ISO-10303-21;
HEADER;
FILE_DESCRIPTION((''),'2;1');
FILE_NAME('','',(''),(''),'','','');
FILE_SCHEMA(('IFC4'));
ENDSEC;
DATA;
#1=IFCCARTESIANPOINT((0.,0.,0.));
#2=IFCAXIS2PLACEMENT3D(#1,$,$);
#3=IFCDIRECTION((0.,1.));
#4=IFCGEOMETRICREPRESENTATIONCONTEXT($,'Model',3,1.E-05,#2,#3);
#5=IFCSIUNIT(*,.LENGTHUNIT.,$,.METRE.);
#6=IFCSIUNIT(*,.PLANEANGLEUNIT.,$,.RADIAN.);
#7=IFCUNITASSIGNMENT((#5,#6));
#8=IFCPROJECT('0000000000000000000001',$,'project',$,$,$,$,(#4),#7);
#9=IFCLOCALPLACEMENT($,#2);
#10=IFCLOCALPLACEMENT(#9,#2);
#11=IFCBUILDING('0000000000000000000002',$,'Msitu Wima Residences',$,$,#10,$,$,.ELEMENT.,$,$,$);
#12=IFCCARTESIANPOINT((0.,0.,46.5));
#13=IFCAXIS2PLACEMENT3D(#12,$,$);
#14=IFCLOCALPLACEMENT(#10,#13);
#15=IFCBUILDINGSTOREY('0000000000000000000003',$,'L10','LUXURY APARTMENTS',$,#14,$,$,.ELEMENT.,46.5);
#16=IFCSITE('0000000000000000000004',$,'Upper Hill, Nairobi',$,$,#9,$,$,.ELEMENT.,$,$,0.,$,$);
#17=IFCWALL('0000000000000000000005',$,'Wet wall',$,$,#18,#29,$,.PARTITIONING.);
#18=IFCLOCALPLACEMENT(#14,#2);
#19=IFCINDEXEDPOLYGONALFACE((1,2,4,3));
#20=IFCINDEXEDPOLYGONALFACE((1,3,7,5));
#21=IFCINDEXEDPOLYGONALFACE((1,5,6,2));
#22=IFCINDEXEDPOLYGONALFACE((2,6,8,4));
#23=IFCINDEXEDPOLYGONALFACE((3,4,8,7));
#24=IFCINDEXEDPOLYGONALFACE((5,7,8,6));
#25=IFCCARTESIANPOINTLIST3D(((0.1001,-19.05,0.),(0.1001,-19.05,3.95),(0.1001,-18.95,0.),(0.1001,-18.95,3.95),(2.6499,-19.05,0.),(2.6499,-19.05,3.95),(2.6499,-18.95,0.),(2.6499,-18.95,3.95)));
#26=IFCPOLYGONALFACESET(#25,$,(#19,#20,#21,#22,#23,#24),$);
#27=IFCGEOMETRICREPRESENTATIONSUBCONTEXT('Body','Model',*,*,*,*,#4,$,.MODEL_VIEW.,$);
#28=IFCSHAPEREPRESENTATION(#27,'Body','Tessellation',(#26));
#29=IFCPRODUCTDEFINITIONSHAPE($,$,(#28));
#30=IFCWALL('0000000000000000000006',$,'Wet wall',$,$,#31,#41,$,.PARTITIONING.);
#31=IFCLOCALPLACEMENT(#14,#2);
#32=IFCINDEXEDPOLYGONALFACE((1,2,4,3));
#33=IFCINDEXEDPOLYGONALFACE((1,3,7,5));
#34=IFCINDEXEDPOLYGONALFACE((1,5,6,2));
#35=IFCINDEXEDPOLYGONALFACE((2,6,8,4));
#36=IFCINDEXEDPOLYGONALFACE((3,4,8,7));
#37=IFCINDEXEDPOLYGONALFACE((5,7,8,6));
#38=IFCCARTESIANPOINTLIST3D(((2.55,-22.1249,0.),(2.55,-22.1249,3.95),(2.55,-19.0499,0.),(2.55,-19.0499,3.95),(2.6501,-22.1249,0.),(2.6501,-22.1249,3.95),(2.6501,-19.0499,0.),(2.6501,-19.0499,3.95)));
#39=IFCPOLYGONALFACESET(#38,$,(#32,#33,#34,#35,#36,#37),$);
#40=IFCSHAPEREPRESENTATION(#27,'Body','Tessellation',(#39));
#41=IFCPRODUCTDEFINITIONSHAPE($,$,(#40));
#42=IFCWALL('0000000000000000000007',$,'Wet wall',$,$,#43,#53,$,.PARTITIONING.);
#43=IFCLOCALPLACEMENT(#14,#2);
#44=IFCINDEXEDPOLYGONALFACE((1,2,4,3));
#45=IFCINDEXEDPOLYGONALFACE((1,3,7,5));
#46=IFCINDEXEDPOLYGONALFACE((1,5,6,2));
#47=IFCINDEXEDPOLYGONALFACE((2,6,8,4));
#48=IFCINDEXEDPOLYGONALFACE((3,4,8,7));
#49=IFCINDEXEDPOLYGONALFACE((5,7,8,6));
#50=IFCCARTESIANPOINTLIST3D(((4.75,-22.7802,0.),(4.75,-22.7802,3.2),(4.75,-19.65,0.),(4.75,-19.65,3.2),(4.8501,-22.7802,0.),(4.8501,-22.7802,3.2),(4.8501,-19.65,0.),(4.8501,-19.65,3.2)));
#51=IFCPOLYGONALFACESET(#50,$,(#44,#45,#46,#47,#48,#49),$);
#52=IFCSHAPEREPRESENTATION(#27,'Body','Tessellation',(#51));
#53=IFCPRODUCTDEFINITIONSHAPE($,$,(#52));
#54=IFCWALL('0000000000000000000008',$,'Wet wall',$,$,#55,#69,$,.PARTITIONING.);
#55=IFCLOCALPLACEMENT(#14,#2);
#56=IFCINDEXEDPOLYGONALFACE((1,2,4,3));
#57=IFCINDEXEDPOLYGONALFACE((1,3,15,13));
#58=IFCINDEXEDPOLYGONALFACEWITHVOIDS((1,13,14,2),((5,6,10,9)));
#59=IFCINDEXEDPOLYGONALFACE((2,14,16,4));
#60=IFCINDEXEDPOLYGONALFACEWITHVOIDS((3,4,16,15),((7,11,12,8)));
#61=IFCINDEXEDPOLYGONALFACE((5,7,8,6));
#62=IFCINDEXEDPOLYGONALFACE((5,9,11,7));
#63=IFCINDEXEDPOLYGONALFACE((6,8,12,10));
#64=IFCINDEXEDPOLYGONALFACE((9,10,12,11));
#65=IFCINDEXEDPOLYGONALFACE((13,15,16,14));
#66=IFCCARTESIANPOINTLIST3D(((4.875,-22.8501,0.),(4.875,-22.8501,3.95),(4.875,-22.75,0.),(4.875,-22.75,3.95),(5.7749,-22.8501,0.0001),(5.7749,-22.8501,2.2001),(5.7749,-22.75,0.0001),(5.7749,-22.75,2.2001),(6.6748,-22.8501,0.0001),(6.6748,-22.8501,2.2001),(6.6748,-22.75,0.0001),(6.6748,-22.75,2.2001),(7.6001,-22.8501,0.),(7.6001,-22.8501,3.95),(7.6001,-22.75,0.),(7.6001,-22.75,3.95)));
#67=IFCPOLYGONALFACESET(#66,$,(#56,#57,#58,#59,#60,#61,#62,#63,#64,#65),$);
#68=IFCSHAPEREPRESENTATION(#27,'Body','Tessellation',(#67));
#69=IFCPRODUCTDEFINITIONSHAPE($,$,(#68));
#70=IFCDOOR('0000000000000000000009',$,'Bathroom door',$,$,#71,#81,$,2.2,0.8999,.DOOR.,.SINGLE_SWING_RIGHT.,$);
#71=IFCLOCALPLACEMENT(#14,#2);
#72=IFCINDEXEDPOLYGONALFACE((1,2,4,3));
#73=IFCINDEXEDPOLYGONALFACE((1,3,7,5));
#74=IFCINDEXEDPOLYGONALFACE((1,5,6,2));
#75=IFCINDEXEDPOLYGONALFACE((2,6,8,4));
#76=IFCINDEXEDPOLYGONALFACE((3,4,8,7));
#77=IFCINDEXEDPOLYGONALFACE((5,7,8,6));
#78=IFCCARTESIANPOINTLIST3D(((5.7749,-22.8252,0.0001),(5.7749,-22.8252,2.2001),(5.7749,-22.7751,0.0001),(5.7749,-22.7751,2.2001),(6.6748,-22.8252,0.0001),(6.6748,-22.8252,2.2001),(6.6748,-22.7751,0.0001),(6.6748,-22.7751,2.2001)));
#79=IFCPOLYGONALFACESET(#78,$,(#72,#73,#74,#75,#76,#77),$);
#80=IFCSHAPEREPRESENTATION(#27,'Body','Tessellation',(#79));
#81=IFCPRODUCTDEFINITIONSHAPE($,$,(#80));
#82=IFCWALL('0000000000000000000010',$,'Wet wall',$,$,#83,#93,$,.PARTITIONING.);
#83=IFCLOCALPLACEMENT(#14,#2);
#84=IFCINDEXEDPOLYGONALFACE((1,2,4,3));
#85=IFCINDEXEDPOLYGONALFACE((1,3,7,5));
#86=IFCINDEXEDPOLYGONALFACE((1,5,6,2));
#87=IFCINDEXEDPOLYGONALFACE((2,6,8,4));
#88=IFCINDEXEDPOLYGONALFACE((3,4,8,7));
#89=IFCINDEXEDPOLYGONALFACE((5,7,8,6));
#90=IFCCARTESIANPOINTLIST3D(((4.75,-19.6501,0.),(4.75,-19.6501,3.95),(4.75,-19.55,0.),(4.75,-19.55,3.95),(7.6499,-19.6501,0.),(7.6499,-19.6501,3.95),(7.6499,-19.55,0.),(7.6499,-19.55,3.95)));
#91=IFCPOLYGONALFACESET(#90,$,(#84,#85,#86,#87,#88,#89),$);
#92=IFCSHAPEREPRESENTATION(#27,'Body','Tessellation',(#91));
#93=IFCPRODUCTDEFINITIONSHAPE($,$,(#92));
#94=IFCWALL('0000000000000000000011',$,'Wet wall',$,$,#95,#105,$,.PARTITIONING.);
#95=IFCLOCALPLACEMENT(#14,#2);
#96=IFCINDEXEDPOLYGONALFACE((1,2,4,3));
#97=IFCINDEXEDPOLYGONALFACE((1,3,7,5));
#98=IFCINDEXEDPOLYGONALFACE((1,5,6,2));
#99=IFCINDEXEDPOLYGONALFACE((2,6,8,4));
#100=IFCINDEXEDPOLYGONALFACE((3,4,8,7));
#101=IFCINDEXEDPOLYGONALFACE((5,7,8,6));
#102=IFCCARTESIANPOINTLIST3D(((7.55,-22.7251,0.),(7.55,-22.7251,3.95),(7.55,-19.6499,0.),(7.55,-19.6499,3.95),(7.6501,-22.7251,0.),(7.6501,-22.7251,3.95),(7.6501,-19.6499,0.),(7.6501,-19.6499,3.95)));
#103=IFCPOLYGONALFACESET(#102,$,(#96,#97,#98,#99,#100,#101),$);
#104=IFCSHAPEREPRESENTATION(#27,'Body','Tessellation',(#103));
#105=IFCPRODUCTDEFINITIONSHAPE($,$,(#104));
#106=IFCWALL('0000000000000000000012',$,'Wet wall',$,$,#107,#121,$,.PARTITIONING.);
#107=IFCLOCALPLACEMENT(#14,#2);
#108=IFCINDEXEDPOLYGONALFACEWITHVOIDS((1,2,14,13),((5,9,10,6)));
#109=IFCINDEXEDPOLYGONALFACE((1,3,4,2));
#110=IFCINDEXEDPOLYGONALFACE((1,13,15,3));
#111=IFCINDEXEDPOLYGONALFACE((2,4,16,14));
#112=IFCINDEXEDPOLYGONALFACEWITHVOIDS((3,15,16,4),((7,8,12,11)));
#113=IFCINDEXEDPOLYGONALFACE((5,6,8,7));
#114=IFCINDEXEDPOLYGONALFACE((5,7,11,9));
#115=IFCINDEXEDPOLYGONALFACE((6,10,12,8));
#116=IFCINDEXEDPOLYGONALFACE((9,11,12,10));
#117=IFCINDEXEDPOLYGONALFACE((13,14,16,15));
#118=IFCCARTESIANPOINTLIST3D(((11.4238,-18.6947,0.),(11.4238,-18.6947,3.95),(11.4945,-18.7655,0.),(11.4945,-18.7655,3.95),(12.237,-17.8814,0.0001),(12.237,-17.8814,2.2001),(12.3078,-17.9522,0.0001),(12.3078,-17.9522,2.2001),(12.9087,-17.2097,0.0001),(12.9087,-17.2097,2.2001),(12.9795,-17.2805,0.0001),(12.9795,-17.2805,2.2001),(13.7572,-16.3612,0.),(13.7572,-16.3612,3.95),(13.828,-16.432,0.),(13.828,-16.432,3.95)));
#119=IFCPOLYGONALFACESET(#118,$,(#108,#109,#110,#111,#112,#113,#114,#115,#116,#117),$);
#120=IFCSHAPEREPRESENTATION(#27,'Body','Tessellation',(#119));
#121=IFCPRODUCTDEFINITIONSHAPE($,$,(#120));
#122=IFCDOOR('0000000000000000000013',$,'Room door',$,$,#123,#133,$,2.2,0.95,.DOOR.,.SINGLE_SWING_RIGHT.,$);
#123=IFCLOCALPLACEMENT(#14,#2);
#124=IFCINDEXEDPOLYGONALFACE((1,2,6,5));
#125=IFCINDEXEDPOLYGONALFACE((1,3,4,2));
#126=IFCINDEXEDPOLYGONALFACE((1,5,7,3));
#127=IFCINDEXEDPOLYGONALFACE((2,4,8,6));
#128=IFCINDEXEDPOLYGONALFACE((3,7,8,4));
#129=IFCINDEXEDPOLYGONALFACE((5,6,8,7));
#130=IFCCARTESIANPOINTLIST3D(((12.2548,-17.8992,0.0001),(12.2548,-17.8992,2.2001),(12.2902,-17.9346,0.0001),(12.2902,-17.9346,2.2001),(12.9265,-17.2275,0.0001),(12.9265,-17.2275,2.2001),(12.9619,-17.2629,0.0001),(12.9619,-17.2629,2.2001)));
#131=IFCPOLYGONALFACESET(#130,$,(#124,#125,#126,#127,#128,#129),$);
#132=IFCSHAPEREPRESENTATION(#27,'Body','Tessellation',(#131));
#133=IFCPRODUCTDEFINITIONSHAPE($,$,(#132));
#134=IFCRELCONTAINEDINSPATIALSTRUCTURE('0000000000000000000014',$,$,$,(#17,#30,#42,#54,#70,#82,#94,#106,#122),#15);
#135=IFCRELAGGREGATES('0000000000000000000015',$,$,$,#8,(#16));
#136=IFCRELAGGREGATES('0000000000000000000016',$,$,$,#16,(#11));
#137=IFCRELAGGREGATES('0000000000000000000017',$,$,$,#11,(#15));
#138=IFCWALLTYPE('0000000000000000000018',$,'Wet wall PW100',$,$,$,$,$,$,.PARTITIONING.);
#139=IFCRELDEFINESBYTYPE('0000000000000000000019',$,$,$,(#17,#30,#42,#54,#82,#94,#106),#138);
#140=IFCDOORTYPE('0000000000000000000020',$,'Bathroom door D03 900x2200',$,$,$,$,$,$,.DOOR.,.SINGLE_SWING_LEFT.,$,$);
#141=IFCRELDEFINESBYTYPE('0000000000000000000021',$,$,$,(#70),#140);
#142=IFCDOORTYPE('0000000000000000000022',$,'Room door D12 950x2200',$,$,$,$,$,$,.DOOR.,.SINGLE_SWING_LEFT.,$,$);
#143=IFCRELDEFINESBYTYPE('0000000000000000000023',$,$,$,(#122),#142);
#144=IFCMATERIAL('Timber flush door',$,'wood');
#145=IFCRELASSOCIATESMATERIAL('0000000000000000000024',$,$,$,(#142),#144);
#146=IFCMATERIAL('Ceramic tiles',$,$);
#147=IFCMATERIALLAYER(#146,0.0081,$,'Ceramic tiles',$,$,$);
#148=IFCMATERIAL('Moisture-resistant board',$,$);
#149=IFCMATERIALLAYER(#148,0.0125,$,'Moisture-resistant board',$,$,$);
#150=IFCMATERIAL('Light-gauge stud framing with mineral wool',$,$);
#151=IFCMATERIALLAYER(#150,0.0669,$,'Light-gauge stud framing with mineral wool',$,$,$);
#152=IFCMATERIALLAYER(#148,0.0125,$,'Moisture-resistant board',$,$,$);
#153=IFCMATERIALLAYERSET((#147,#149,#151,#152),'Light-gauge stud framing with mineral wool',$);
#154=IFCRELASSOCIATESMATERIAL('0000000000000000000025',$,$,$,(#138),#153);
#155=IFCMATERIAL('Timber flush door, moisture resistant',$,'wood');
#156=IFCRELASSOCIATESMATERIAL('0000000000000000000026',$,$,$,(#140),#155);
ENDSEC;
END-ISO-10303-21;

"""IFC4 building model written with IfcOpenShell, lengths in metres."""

from ifc_helpers import new_model, si_unit, direction, frame, frame_2d, origin, place, context, subcontext, project, spatial, rectangle, extrude, material, layer, layer_set, type_object, element, fill, save


model = new_model("IFC4")

# Units and contexts
model_context = context("Model", 3, precision=1e-05, world=origin(), true_north=direction((0.0, 1.0)))
body_context = subcontext(model_context, "Body", "Model", "MODEL_VIEW")
ifc_project = project(units=[si_unit("LENGTHUNIT", "METRE"), si_unit("PLANEANGLEUNIT", "RADIAN")], contexts=[model_context])

# Site, building, storey
site_placement = place(None, origin())
site = spatial("IfcSite", under=ifc_project, at=site_placement, Name="Upper Hill, Nairobi", CompositionType="ELEMENT", RefElevation=0.0)
building_placement = place(site_placement, origin())
building = spatial("IfcBuilding", under=site, at=building_placement, Name="Msitu Wima Residences", CompositionType="ELEMENT")
storey_placement = place(building_placement, frame((0.0, 0.0, 46.5)))
storey = spatial("IfcBuildingStorey", under=building, at=storey_placement, Name="L10", Description="LUXURY APARTMENTS", CompositionType="ELEMENT", Elevation=46.5)

# Shared definitions
ifc_material_1 = material(Name="Timber flush door", Category="wood")
door_type_1 = type_object("IfcDoorType", Name="Room door D12 950x2200", OperationType="SINGLE_SWING_LEFT", PredefinedType="DOOR", material=ifc_material_1)

# Shared definitions
ifc_material_2 = material(Name="Ceramic tiles")
ifc_layer_1 = layer(ifc_material_2, 0.0081, Name="Ceramic tiles")
ifc_material_3 = material(Name="Moisture-resistant board")
ifc_layer_2 = layer(ifc_material_3, 0.0125, Name="Moisture-resistant board")
ifc_material_4 = material(Name="Light-gauge stud framing with mineral wool")
ifc_layer_3 = layer(ifc_material_4, 0.0669, Name="Light-gauge stud framing with mineral wool")
ifc_layer_4 = layer(ifc_material_3, 0.0125, Name="Moisture-resistant board")
ifc_layer_set_1 = layer_set([ifc_layer_1, ifc_layer_2, ifc_layer_3, ifc_layer_4], Name="Light-gauge stud framing with mineral wool")
wall_type_1 = type_object("IfcWallType", Name="Wet wall PW100", PredefinedType="PARTITIONING", material=ifc_layer_set_1)
ifc_material_5 = material(Name="Timber flush door, moisture resistant", Category="wood")
door_type_2 = type_object("IfcDoorType", Name="Bathroom door D03 900x2200", OperationType="SINGLE_SWING_LEFT", PredefinedType="DOOR", material=ifc_material_5)

# Walls
wall_1_placement = place(storey_placement, frame((0.1001, -19.0, 0.0), z_axis=(0.0, 0.0, 1.0), x_axis=(1.0, 0.0, 0.0)))
element("IfcWall", 1, at=wall_1_placement, inside=storey, type_object=wall_type_1, Name="Wet wall", PredefinedType="PARTITIONING", context=body_context, shape_type="SweptSolid", body=[
    extrude(rectangle(XDim=2.5498, YDim=0.1001, at=frame_2d((1.2749, 0.0))), origin(), (0.0, 0.0, 1.0), 3.95),
])
wall_2_placement = place(storey_placement, frame((2.6001, -22.125, 0.0), z_axis=(0.0, 0.0, 1.0), x_axis=(0.0, 1.0, 0.0)))
element("IfcWall", 2, at=wall_2_placement, inside=storey, type_object=wall_type_1, Name="Wet wall", PredefinedType="PARTITIONING", context=body_context, shape_type="SweptSolid", body=[
    extrude(rectangle(XDim=3.075, YDim=0.1001, at=frame_2d((1.5376, 0.0))), origin(), (0.0, 0.0, 1.0), 3.95),
])
wall_3_placement = place(storey_placement, frame((4.8, -22.78, 0.0), z_axis=(0.0, 0.0, 1.0), x_axis=(0.0, 1.0, 0.0)))
element("IfcWall", 3, at=wall_3_placement, inside=storey, type_object=wall_type_1, Name="Wet wall", PredefinedType="PARTITIONING", context=body_context, shape_type="SweptSolid", body=[
    extrude(rectangle(XDim=3.1301, YDim=0.1001, at=frame_2d((1.5649, 0.0))), origin(), (0.0, 0.0, 1.0), 3.2),
])

# Wall, opening, door
wall_4_placement = place(storey_placement, frame((4.875, -22.8, 0.0), z_axis=(0.0, 0.0, 1.0), x_axis=(1.0, 0.0, 0.0)))
wall_4 = element("IfcWall", 4, at=wall_4_placement, inside=storey, type_object=wall_type_1, Name="Wet wall", PredefinedType="PARTITIONING", context=body_context, shape_type="SweptSolid", body=[
    extrude(rectangle(XDim=2.7251, YDim=0.1001, at=frame_2d((1.3625, 0.0))), origin(), (0.0, 0.0, 1.0), 3.95),
])
opening_1_placement = place(wall_4_placement, frame((0.8999, 0.0, 0.0)))
opening_1 = element("IfcOpeningElement", 5, at=opening_1_placement, cuts=wall_4, PredefinedType="OPENING", context=body_context, shape_type="SweptSolid", body=[
    extrude(rectangle(XDim=0.8999, YDim=2.2, at=frame_2d((0.45, 1.1001))), frame((0.0, 0.0601, 0.0), z_axis=(0.0, -1.0, 0.0), x_axis=(1.0, 0.0, 0.0)), (0.0, 0.0, 1.0), 0.1201),
])
door_1_placement = place(opening_1_placement, origin())
door_1 = element("IfcDoor", 6, at=door_1_placement, inside=storey, type_object=door_type_2, Name="Bathroom door", OperationType="SINGLE_SWING_RIGHT", OverallHeight=2.2, OverallWidth=0.8999, PredefinedType="DOOR", context=body_context, shape_type="SweptSolid", body=[
    extrude(rectangle(XDim=0.8999, YDim=2.2, at=frame_2d((0.45, 1.1001))), frame((0.0, 0.0249, 0.0), z_axis=(0.0, -1.0, 0.0), x_axis=(1.0, 0.0, 0.0)), (0.0, 0.0, 1.0), 0.05),
])
fill(opening_1, door_1)

# Walls
wall_5_placement = place(storey_placement, frame((4.75, -19.6001, 0.0), z_axis=(0.0, 0.0, 1.0), x_axis=(1.0, 0.0, 0.0)))
element("IfcWall", 7, at=wall_5_placement, inside=storey, type_object=wall_type_1, Name="Wet wall", PredefinedType="PARTITIONING", context=body_context, shape_type="SweptSolid", body=[
    extrude(rectangle(XDim=2.8999, YDim=0.1001, at=frame_2d((1.45, 0.0))), origin(), (0.0, 0.0, 1.0), 3.95),
])
wall_6_placement = place(storey_placement, frame((7.6001, -22.7251, 0.0), z_axis=(0.0, 0.0, 1.0), x_axis=(0.0, 1.0, 0.0)))
element("IfcWall", 8, at=wall_6_placement, inside=storey, type_object=wall_type_1, Name="Wet wall", PredefinedType="PARTITIONING", context=body_context, shape_type="SweptSolid", body=[
    extrude(rectangle(XDim=3.0752, YDim=0.1001, at=frame_2d((1.5376, 0.0))), origin(), (0.0, 0.0, 1.0), 3.95),
])

# Wall, opening, door
wall_7_placement = place(storey_placement, frame((11.4592, -18.73, 0.0), z_axis=(0.0, 0.0, 1.0), x_axis=(0.707107, 0.707107, 0.0)))
wall_7 = element("IfcWall", 9, at=wall_7_placement, inside=storey, type_object=wall_type_1, Name="Wet wall", PredefinedType="PARTITIONING", context=body_context, shape_type="SweptSolid", body=[
    extrude(rectangle(XDim=3.3, YDim=0.1001, at=frame_2d((1.6499, 0.0))), origin(), (0.0, 0.0, 1.0), 3.95),
])
opening_2_placement = place(wall_7_placement, frame((1.1499, 0.0, 0.0)))
opening_2 = element("IfcOpeningElement", 10, at=opening_2_placement, cuts=wall_7, PredefinedType="OPENING", context=body_context, shape_type="SweptSolid", body=[
    extrude(rectangle(XDim=0.95, YDim=2.2, at=frame_2d((0.4751, 1.1001))), frame((0.0, 0.0601, 0.0), z_axis=(0.0, -1.0, 0.0), x_axis=(1.0, 0.0, 0.0)), (0.0, 0.0, 1.0), 0.1201),
])
door_2_placement = place(opening_2_placement, origin())
door_2 = element("IfcDoor", 11, at=door_2_placement, inside=storey, type_object=door_type_1, Name="Room door", OperationType="SINGLE_SWING_RIGHT", OverallHeight=2.2, OverallWidth=0.95, PredefinedType="DOOR", context=body_context, shape_type="SweptSolid", body=[
    extrude(rectangle(XDim=0.95, YDim=2.2, at=frame_2d((0.4751, 1.1001))), frame((0.0, 0.0249, 0.0), z_axis=(0.0, -1.0, 0.0), x_axis=(1.0, 0.0, 0.0)), (0.0, 0.0, 1.0), 0.05),
])
fill(opening_2, door_2)

save(model, "model.ifc")
